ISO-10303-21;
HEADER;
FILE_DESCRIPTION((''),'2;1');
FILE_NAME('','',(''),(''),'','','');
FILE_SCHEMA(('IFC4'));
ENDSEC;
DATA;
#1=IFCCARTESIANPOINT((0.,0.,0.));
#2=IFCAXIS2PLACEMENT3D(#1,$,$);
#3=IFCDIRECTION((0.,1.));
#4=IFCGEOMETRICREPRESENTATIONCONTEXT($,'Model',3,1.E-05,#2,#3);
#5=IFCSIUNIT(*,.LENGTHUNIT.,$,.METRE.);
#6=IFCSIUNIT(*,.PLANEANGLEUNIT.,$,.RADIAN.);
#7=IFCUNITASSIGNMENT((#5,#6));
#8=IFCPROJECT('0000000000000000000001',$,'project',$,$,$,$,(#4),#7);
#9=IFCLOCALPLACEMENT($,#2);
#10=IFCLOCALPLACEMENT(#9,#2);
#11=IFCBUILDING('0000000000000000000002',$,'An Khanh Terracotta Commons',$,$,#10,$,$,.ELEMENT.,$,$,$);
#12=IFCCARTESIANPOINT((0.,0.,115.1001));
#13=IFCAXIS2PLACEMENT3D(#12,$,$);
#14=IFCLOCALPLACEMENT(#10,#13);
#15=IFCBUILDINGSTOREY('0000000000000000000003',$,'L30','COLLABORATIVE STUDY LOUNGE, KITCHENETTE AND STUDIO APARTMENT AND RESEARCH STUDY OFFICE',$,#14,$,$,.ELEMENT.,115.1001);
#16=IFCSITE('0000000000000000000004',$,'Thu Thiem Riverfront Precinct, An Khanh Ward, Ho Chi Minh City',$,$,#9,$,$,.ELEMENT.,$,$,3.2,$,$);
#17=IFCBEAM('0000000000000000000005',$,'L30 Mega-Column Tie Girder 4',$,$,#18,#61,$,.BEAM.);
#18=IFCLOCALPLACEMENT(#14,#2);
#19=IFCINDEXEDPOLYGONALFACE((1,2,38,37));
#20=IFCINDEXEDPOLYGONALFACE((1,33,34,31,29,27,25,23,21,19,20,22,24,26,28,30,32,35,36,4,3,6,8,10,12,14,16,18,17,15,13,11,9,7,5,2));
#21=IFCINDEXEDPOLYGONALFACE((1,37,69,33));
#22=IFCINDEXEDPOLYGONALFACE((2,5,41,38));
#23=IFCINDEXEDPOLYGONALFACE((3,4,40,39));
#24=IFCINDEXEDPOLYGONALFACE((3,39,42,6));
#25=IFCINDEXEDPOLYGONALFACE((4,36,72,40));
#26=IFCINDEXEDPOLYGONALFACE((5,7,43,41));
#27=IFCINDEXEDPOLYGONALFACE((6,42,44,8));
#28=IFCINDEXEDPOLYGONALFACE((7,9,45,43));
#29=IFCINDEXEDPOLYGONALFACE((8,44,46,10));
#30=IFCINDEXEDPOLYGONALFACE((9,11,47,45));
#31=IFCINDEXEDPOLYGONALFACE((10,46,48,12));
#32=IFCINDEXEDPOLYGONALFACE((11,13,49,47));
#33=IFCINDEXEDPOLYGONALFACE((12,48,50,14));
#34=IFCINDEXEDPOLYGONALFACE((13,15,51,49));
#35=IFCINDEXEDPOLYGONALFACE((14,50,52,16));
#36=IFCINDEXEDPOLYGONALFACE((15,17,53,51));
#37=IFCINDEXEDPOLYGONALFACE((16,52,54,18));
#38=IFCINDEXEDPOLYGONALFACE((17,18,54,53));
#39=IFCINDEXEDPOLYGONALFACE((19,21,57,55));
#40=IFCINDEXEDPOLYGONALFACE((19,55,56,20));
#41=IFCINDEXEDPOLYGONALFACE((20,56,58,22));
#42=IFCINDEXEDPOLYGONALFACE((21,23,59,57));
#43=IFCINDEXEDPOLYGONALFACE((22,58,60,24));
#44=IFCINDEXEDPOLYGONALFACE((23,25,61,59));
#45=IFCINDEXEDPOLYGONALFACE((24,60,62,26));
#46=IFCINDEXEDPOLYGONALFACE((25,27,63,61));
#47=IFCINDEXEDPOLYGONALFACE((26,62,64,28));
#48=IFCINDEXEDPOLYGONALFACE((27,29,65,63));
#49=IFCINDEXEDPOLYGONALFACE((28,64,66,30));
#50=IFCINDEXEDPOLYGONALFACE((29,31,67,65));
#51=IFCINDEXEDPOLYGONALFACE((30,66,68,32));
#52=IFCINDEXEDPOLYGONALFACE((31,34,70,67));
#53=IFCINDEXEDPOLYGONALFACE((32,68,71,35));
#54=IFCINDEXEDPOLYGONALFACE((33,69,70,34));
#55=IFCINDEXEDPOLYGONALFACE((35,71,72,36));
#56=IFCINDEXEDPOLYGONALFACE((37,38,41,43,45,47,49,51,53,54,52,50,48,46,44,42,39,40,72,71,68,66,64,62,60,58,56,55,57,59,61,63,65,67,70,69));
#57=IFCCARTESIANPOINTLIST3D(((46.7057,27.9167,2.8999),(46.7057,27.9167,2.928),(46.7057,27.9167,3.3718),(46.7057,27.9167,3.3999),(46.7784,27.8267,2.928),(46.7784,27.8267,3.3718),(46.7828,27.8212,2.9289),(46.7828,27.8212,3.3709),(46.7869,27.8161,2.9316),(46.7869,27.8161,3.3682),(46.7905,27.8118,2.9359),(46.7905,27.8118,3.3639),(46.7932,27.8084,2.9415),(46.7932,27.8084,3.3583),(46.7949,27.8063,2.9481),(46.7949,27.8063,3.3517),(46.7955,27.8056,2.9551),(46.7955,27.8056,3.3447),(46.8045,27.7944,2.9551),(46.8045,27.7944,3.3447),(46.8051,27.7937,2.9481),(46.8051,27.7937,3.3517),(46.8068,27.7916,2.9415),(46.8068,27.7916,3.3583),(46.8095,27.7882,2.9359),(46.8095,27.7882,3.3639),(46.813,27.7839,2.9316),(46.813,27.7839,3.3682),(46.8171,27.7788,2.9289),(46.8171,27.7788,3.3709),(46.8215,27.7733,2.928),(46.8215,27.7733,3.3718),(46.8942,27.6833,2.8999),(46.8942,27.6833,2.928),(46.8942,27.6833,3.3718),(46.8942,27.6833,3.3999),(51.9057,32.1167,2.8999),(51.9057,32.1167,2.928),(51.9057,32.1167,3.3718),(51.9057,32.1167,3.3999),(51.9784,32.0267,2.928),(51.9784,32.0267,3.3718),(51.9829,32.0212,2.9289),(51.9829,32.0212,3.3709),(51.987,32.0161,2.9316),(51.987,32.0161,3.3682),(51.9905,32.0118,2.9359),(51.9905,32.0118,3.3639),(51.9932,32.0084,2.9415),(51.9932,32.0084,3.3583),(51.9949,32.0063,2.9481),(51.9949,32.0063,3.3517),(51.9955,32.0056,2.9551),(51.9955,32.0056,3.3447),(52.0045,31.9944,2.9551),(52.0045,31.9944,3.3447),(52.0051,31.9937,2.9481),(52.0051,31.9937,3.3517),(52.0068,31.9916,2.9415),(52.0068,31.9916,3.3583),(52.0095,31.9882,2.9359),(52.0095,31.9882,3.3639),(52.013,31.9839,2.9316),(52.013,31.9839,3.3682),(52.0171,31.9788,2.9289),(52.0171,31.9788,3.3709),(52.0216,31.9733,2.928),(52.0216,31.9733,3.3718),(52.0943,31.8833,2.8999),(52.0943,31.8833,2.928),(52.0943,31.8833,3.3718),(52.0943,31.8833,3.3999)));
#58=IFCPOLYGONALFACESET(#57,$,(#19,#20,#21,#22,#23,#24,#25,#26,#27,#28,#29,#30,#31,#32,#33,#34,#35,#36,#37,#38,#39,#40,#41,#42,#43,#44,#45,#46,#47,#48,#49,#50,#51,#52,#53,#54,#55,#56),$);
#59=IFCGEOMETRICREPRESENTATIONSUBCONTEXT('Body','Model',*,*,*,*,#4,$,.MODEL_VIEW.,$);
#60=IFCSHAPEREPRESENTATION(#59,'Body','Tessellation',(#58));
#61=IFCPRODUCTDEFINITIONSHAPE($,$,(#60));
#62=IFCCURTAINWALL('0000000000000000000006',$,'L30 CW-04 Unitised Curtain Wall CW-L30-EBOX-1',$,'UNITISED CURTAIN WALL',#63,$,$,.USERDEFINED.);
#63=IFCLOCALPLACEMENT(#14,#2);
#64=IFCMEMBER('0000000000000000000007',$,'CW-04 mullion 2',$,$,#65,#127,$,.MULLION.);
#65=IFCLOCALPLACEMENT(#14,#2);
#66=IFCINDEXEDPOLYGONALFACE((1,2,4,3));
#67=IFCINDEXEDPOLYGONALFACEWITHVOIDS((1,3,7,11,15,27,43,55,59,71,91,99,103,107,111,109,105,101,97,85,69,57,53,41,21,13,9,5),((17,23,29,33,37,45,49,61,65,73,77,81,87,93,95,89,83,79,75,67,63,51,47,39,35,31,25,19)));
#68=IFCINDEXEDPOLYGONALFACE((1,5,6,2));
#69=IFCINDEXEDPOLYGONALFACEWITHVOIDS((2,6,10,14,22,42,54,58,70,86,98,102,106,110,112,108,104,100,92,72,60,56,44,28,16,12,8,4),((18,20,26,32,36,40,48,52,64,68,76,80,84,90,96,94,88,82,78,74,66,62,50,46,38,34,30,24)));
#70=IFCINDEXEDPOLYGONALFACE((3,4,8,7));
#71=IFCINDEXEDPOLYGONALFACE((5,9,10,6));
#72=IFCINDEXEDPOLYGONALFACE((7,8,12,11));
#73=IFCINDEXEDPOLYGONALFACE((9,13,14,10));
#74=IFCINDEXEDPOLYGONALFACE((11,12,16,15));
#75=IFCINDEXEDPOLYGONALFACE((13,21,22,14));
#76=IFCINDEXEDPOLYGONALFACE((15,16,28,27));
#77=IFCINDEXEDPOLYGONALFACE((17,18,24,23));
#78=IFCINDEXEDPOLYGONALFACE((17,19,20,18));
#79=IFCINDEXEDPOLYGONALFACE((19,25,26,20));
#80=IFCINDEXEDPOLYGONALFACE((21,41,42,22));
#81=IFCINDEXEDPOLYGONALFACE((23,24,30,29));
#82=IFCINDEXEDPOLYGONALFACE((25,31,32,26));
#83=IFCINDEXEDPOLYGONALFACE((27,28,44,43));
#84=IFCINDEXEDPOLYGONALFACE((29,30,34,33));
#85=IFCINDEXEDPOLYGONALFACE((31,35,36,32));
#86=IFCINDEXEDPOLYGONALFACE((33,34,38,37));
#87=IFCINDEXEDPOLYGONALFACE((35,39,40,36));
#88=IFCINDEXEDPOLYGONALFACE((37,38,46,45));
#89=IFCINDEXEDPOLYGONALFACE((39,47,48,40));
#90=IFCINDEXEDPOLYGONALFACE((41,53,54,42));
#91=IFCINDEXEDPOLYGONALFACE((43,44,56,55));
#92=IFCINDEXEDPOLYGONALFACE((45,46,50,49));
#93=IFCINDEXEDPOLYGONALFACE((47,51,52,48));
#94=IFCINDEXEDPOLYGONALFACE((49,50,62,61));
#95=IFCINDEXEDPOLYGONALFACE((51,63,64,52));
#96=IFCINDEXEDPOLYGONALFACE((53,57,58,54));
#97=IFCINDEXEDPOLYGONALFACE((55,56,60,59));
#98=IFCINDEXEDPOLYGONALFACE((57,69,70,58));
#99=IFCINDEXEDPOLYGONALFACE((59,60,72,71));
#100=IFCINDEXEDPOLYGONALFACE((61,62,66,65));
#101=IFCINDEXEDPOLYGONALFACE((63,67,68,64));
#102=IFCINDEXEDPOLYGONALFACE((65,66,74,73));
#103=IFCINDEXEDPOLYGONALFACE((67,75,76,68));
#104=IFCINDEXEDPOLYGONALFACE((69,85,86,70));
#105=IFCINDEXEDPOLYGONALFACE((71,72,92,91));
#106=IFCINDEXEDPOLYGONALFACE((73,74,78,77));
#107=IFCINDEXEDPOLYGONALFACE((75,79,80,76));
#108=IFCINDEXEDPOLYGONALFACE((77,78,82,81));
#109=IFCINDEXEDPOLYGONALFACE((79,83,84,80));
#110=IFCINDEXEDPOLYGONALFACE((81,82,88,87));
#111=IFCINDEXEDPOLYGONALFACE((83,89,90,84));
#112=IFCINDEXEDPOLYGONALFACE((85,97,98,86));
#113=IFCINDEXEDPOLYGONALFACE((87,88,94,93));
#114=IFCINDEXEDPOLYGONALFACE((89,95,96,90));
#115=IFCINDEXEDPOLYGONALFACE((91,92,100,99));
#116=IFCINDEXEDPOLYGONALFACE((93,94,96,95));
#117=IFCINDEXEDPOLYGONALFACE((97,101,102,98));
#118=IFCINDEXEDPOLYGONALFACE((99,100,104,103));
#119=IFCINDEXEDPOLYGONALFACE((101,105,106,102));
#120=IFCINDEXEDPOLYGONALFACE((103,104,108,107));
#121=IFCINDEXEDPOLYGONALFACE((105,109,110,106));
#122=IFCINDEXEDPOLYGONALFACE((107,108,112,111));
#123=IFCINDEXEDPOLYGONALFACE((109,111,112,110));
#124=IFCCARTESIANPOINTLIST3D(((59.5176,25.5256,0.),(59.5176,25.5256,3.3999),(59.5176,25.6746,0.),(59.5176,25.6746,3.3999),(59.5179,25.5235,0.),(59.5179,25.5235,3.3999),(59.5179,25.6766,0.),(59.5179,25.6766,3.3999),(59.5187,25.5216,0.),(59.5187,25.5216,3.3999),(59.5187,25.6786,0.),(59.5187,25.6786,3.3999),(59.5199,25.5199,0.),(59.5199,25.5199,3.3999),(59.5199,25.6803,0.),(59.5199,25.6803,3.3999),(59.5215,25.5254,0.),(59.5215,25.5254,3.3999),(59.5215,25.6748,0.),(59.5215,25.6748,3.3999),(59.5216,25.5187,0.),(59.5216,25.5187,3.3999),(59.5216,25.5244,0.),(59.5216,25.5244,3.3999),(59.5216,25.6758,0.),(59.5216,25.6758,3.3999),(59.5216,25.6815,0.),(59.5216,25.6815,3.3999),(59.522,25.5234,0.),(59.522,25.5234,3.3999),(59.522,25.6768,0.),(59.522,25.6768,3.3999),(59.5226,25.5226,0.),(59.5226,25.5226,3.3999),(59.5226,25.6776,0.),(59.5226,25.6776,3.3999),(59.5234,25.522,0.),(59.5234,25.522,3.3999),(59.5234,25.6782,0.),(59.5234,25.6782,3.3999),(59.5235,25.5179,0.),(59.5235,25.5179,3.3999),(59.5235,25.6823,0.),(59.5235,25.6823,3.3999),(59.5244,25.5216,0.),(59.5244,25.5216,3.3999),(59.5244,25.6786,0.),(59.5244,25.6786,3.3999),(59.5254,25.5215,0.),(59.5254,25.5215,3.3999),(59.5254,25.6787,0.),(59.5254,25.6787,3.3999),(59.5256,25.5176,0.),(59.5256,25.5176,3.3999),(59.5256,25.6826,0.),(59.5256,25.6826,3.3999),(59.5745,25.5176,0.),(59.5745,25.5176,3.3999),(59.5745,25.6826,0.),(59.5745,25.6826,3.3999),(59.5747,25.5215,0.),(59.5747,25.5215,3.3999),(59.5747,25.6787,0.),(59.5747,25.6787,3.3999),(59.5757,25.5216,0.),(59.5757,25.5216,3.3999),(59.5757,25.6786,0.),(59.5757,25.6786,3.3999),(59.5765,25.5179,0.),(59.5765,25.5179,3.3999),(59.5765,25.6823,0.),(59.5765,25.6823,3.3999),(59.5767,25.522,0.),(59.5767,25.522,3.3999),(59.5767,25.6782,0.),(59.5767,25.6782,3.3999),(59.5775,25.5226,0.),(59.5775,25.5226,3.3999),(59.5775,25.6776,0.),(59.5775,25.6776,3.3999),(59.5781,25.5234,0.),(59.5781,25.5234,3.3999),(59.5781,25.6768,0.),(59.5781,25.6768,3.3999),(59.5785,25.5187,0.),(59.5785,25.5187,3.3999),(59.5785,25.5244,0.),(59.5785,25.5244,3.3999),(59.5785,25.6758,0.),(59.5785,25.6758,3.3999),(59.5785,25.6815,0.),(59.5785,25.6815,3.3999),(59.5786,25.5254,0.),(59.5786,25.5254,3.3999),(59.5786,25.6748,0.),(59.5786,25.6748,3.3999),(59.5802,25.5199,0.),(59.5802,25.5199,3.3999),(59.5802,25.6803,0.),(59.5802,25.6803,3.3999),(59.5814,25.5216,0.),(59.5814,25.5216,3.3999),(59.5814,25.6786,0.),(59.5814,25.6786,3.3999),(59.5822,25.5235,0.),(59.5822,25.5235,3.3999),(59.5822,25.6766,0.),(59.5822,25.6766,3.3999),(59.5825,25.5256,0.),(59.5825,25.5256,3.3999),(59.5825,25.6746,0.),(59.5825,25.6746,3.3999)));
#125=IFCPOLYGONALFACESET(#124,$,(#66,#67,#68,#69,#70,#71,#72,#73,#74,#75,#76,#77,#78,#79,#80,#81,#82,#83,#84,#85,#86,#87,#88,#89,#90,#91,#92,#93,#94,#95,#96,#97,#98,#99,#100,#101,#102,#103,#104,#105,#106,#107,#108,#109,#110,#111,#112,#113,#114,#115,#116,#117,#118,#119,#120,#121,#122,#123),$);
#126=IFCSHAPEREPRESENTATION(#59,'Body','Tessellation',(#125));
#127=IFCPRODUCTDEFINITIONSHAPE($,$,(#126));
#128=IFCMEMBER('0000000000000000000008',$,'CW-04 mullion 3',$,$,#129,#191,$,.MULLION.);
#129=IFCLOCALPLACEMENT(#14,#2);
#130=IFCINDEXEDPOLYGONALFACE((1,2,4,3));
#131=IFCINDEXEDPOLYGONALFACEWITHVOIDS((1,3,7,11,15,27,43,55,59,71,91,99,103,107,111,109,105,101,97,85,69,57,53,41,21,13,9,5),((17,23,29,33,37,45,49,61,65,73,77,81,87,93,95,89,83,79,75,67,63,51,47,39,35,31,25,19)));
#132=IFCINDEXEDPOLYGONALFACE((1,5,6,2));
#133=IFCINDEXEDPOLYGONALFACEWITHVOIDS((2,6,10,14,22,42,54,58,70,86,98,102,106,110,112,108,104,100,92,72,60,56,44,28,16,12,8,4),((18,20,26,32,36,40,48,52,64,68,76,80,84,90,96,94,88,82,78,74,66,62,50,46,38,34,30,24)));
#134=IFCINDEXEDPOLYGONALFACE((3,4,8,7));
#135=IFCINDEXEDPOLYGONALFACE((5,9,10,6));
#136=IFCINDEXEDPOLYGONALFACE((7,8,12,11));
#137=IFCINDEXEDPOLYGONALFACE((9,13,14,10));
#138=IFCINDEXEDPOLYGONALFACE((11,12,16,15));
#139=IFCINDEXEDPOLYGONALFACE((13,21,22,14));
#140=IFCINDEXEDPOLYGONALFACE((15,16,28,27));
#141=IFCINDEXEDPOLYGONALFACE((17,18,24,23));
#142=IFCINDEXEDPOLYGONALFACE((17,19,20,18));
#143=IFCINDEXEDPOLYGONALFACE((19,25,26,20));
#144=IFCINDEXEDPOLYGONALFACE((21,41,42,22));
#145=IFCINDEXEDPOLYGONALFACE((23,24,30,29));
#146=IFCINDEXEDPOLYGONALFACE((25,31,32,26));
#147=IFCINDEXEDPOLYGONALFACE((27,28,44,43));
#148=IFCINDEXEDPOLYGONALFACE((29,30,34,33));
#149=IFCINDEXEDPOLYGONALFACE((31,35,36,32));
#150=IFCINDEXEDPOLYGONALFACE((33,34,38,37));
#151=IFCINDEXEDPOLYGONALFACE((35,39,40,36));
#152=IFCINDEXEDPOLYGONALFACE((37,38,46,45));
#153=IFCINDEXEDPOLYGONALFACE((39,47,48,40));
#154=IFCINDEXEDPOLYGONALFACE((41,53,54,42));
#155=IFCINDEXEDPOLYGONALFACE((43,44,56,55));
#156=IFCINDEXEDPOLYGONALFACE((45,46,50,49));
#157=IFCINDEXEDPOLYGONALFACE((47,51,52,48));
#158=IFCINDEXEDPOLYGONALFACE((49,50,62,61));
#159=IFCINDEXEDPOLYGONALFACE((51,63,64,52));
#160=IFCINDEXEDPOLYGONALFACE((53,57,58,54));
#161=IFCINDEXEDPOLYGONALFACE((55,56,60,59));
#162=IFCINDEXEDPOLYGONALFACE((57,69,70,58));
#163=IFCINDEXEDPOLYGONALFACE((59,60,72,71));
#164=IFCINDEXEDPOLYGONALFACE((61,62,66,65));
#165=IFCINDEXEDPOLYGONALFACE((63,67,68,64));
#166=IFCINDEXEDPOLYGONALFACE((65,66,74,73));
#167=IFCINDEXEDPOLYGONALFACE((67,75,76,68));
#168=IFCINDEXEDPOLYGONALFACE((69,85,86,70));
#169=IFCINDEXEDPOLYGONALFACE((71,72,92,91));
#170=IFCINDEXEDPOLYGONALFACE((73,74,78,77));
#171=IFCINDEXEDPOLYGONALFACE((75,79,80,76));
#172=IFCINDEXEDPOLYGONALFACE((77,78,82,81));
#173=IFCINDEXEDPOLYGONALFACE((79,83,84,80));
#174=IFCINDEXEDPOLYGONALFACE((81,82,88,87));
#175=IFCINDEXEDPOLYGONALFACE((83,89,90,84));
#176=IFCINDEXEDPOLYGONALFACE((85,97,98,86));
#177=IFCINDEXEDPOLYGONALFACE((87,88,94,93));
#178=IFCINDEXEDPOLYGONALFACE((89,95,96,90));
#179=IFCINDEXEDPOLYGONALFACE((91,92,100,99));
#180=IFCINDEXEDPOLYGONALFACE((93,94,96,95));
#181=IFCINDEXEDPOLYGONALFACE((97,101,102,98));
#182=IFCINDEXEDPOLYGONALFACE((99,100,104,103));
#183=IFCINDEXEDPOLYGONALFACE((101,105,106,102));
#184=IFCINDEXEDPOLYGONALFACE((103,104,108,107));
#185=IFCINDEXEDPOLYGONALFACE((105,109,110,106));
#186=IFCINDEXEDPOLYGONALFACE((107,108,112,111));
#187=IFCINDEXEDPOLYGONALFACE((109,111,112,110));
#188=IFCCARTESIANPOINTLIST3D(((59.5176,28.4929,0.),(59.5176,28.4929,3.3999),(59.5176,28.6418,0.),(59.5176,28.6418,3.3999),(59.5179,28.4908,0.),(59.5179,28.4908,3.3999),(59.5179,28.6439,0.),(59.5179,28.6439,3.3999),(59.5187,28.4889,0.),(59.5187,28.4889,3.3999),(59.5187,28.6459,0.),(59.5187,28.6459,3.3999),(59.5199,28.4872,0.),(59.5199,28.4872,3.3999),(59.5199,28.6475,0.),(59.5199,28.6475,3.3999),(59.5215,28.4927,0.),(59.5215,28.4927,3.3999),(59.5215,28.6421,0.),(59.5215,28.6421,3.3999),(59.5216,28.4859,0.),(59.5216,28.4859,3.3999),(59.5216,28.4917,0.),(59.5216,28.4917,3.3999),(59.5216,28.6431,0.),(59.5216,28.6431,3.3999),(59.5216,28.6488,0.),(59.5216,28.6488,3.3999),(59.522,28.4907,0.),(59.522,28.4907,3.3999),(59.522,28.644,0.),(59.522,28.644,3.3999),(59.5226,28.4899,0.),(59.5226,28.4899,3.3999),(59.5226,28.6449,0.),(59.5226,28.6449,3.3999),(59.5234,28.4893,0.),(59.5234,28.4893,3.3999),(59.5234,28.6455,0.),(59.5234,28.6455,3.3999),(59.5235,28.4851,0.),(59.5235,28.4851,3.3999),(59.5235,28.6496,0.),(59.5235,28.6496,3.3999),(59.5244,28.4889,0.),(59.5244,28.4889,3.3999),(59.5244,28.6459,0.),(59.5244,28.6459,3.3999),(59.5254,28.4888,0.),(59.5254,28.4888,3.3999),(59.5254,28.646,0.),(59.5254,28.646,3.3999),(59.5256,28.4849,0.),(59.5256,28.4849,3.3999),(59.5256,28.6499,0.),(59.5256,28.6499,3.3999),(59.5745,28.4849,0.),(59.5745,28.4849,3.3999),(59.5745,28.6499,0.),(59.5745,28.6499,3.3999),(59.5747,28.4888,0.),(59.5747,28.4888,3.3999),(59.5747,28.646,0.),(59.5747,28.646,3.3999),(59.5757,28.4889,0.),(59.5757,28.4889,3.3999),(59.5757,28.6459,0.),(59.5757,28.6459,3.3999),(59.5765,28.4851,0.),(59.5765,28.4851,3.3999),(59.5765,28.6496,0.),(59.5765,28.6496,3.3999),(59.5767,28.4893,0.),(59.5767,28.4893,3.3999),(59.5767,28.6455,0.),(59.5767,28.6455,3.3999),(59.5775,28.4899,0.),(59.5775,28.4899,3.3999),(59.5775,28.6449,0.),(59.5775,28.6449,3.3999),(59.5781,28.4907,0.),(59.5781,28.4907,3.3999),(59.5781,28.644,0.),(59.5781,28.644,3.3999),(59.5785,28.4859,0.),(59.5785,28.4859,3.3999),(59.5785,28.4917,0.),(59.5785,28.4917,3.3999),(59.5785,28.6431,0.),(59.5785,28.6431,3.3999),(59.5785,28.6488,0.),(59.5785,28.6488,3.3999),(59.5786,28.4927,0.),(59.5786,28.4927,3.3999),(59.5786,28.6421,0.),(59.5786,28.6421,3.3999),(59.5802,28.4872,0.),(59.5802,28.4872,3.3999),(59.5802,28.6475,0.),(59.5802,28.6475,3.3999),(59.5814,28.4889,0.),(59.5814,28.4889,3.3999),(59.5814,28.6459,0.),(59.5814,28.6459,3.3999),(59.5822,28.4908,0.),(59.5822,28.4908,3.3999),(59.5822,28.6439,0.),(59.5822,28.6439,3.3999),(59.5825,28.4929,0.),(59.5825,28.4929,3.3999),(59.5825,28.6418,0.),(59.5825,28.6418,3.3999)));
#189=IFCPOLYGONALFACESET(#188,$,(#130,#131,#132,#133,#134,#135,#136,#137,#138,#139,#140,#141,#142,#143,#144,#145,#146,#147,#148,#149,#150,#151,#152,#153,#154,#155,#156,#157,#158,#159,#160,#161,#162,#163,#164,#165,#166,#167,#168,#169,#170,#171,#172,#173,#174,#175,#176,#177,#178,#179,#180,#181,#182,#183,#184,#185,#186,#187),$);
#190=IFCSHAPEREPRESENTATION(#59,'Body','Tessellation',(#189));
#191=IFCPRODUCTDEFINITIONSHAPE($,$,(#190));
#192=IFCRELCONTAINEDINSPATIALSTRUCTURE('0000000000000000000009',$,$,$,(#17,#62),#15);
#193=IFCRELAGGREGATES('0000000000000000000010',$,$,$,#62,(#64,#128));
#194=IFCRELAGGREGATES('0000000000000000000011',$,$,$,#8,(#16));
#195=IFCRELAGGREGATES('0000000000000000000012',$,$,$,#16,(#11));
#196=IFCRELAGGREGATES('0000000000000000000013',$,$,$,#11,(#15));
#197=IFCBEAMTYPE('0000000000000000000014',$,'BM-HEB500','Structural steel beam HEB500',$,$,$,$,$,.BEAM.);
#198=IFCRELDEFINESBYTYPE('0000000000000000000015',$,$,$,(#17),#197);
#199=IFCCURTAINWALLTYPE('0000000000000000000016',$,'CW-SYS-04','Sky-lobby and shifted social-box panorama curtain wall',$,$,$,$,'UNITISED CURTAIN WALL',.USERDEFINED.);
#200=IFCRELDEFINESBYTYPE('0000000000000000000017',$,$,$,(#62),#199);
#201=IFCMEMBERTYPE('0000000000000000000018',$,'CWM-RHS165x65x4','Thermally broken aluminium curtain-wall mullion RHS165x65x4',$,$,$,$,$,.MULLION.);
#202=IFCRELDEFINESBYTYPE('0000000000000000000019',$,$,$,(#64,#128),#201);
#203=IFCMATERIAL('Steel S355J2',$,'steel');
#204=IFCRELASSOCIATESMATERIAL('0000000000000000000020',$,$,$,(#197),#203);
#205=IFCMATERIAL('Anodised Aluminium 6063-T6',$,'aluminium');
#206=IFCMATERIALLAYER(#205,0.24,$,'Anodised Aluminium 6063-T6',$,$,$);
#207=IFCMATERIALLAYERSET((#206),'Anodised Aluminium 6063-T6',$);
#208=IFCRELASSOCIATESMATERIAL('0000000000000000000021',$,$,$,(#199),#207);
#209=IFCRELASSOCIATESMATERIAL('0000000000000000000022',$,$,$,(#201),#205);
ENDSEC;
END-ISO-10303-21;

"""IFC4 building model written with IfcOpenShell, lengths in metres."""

from ifc_helpers import new_model, si_unit, direction, frame, origin, origin_2d, place, context, subcontext, project, spatial, hollow_rectangle, i_section, extrude, material, layer, layer_set, material_profile, profile_set, type_object, element, aggregate, save


model = new_model("IFC4")

# Units and contexts
model_context = context("Model", 3, precision=1e-05, world=origin(), true_north=direction((0.0, 1.0)))
body_context = subcontext(model_context, "Body", "Model", "MODEL_VIEW")
ifc_project = project(units=[si_unit("LENGTHUNIT", "METRE"), si_unit("PLANEANGLEUNIT", "RADIAN")], contexts=[model_context])

# Site, building, storey
site_placement = place(None, origin())
site = spatial("IfcSite", under=ifc_project, at=site_placement, Name="Thu Thiem Riverfront Precinct, An Khanh Ward, Ho Chi Minh City", CompositionType="ELEMENT", RefElevation=3.2)
building_placement = place(site_placement, origin())
building = spatial("IfcBuilding", under=site, at=building_placement, Name="An Khanh Terracotta Commons", CompositionType="ELEMENT")
storey_placement = place(building_placement, frame((0.0, 0.0, 115.1001)))
storey = spatial("IfcBuildingStorey", under=building, at=storey_placement, Name="L30", Description="COLLABORATIVE STUDY LOUNGE, KITCHENETTE AND STUDIO APARTMENT AND RESEARCH STUDY OFFICE", CompositionType="ELEMENT", Elevation=115.1001)

# Beam
ifc_material_1 = material(Name="Steel S355J2", Category="steel")
ifc_material_profile_1 = material_profile(ifc_material_1, i_section(OverallWidth=0.3, OverallDepth=0.5, WebThickness=0.0144, FlangeThickness=0.0281, FilletRadius=0.0271, at=origin_2d()), Name="HEB500")
ifc_profile_set_1 = profile_set([ifc_material_profile_1], Name="Steel S355J2")
beam_type = type_object("IfcBeamType", Name="BM-HEB500", Description="Structural steel beam HEB500", PredefinedType="BEAM", material=ifc_profile_set_1)
beam_placement = place(storey_placement, frame((52.0, 32.0, 3.1499), z_axis=(-0.777942, -0.628336, 0.0), x_axis=(0.628336, -0.777942, 0.0)))
element("IfcBeam", 1, at=beam_placement, inside=storey, type_object=beam_type, Name="L30 Mega-Column Tie Girder 4", PredefinedType="BEAM", context=body_context, shape_type="SweptSolid", body=[
    extrude(i_section(OverallWidth=0.3, OverallDepth=0.5, WebThickness=0.0144, FlangeThickness=0.0281, FilletRadius=0.0271, at=origin_2d()), origin(), (0.0, 0.0, 1.0), 6.6843),
])

# Curtain wall, members
ifc_material_2 = material(Name="Anodised Aluminium 6063-T6", Category="aluminium")
ifc_layer_1 = layer(ifc_material_2, 0.24, Name="Anodised Aluminium 6063-T6")
ifc_layer_set_1 = layer_set([ifc_layer_1], Name="Anodised Aluminium 6063-T6")
curtain_wall_type_1 = type_object("IfcCurtainWallType", Name="CW-SYS-04", Description="Sky-lobby and shifted social-box panorama curtain wall", ElementType="UNITISED CURTAIN WALL", PredefinedType="USERDEFINED", material=ifc_layer_set_1)
curtain_wall_1_placement = place(storey_placement, origin())
curtain_wall_1 = element("IfcCurtainWall", 2, at=curtain_wall_1_placement, inside=storey, type_object=curtain_wall_type_1, Name="L30 CW-04 Unitised Curtain Wall CW-L30-EBOX-1", ObjectType="UNITISED CURTAIN WALL", PredefinedType="USERDEFINED")
ifc_material_profile_2 = material_profile(ifc_material_2, hollow_rectangle(XDim=0.0649, YDim=0.165, WallThickness=0.0039, InnerFilletRadius=0.0039, OuterFilletRadius=0.0081, at=origin_2d()), Name="RHS165x65x4")
ifc_profile_set_2 = profile_set([ifc_material_profile_2], Name="Anodised Aluminium 6063-T6")
member_type_1 = type_object("IfcMemberType", Name="CWM-RHS165x65x4", Description="Thermally broken aluminium curtain-wall mullion RHS165x65x4", PredefinedType="MULLION", material=ifc_profile_set_2)
member_1_placement = place(storey_placement, frame((59.55, 25.6001, 0.0), z_axis=(0.0, 0.0, 1.0), x_axis=(-1.0, 0.0, 0.0)))
member_1 = element("IfcMember", 3, at=member_1_placement, type_object=member_type_1, Name="CW-04 mullion 2", PredefinedType="MULLION", context=body_context, shape_type="SweptSolid", body=[
    extrude(hollow_rectangle(XDim=0.0649, YDim=0.165, WallThickness=0.0039, InnerFilletRadius=0.0039, OuterFilletRadius=0.0081, at=origin_2d()), origin(), (0.0, 0.0, 1.0), 3.3999),
])
member_2_placement = place(storey_placement, frame((59.55, 28.5674, 0.0), z_axis=(0.0, 0.0, 1.0), x_axis=(-1.0, 0.0, 0.0)))
member_2 = element("IfcMember", 4, at=member_2_placement, type_object=member_type_1, Name="CW-04 mullion 3", PredefinedType="MULLION", context=body_context, shape_type="SweptSolid", body=[
    extrude(hollow_rectangle(XDim=0.0649, YDim=0.165, WallThickness=0.0039, InnerFilletRadius=0.0039, OuterFilletRadius=0.0081, at=origin_2d()), origin(), (0.0, 0.0, 1.0), 3.3999),
])

aggregate(curtain_wall_1, [member_1, member_2])

save(model, "model.ifc")
